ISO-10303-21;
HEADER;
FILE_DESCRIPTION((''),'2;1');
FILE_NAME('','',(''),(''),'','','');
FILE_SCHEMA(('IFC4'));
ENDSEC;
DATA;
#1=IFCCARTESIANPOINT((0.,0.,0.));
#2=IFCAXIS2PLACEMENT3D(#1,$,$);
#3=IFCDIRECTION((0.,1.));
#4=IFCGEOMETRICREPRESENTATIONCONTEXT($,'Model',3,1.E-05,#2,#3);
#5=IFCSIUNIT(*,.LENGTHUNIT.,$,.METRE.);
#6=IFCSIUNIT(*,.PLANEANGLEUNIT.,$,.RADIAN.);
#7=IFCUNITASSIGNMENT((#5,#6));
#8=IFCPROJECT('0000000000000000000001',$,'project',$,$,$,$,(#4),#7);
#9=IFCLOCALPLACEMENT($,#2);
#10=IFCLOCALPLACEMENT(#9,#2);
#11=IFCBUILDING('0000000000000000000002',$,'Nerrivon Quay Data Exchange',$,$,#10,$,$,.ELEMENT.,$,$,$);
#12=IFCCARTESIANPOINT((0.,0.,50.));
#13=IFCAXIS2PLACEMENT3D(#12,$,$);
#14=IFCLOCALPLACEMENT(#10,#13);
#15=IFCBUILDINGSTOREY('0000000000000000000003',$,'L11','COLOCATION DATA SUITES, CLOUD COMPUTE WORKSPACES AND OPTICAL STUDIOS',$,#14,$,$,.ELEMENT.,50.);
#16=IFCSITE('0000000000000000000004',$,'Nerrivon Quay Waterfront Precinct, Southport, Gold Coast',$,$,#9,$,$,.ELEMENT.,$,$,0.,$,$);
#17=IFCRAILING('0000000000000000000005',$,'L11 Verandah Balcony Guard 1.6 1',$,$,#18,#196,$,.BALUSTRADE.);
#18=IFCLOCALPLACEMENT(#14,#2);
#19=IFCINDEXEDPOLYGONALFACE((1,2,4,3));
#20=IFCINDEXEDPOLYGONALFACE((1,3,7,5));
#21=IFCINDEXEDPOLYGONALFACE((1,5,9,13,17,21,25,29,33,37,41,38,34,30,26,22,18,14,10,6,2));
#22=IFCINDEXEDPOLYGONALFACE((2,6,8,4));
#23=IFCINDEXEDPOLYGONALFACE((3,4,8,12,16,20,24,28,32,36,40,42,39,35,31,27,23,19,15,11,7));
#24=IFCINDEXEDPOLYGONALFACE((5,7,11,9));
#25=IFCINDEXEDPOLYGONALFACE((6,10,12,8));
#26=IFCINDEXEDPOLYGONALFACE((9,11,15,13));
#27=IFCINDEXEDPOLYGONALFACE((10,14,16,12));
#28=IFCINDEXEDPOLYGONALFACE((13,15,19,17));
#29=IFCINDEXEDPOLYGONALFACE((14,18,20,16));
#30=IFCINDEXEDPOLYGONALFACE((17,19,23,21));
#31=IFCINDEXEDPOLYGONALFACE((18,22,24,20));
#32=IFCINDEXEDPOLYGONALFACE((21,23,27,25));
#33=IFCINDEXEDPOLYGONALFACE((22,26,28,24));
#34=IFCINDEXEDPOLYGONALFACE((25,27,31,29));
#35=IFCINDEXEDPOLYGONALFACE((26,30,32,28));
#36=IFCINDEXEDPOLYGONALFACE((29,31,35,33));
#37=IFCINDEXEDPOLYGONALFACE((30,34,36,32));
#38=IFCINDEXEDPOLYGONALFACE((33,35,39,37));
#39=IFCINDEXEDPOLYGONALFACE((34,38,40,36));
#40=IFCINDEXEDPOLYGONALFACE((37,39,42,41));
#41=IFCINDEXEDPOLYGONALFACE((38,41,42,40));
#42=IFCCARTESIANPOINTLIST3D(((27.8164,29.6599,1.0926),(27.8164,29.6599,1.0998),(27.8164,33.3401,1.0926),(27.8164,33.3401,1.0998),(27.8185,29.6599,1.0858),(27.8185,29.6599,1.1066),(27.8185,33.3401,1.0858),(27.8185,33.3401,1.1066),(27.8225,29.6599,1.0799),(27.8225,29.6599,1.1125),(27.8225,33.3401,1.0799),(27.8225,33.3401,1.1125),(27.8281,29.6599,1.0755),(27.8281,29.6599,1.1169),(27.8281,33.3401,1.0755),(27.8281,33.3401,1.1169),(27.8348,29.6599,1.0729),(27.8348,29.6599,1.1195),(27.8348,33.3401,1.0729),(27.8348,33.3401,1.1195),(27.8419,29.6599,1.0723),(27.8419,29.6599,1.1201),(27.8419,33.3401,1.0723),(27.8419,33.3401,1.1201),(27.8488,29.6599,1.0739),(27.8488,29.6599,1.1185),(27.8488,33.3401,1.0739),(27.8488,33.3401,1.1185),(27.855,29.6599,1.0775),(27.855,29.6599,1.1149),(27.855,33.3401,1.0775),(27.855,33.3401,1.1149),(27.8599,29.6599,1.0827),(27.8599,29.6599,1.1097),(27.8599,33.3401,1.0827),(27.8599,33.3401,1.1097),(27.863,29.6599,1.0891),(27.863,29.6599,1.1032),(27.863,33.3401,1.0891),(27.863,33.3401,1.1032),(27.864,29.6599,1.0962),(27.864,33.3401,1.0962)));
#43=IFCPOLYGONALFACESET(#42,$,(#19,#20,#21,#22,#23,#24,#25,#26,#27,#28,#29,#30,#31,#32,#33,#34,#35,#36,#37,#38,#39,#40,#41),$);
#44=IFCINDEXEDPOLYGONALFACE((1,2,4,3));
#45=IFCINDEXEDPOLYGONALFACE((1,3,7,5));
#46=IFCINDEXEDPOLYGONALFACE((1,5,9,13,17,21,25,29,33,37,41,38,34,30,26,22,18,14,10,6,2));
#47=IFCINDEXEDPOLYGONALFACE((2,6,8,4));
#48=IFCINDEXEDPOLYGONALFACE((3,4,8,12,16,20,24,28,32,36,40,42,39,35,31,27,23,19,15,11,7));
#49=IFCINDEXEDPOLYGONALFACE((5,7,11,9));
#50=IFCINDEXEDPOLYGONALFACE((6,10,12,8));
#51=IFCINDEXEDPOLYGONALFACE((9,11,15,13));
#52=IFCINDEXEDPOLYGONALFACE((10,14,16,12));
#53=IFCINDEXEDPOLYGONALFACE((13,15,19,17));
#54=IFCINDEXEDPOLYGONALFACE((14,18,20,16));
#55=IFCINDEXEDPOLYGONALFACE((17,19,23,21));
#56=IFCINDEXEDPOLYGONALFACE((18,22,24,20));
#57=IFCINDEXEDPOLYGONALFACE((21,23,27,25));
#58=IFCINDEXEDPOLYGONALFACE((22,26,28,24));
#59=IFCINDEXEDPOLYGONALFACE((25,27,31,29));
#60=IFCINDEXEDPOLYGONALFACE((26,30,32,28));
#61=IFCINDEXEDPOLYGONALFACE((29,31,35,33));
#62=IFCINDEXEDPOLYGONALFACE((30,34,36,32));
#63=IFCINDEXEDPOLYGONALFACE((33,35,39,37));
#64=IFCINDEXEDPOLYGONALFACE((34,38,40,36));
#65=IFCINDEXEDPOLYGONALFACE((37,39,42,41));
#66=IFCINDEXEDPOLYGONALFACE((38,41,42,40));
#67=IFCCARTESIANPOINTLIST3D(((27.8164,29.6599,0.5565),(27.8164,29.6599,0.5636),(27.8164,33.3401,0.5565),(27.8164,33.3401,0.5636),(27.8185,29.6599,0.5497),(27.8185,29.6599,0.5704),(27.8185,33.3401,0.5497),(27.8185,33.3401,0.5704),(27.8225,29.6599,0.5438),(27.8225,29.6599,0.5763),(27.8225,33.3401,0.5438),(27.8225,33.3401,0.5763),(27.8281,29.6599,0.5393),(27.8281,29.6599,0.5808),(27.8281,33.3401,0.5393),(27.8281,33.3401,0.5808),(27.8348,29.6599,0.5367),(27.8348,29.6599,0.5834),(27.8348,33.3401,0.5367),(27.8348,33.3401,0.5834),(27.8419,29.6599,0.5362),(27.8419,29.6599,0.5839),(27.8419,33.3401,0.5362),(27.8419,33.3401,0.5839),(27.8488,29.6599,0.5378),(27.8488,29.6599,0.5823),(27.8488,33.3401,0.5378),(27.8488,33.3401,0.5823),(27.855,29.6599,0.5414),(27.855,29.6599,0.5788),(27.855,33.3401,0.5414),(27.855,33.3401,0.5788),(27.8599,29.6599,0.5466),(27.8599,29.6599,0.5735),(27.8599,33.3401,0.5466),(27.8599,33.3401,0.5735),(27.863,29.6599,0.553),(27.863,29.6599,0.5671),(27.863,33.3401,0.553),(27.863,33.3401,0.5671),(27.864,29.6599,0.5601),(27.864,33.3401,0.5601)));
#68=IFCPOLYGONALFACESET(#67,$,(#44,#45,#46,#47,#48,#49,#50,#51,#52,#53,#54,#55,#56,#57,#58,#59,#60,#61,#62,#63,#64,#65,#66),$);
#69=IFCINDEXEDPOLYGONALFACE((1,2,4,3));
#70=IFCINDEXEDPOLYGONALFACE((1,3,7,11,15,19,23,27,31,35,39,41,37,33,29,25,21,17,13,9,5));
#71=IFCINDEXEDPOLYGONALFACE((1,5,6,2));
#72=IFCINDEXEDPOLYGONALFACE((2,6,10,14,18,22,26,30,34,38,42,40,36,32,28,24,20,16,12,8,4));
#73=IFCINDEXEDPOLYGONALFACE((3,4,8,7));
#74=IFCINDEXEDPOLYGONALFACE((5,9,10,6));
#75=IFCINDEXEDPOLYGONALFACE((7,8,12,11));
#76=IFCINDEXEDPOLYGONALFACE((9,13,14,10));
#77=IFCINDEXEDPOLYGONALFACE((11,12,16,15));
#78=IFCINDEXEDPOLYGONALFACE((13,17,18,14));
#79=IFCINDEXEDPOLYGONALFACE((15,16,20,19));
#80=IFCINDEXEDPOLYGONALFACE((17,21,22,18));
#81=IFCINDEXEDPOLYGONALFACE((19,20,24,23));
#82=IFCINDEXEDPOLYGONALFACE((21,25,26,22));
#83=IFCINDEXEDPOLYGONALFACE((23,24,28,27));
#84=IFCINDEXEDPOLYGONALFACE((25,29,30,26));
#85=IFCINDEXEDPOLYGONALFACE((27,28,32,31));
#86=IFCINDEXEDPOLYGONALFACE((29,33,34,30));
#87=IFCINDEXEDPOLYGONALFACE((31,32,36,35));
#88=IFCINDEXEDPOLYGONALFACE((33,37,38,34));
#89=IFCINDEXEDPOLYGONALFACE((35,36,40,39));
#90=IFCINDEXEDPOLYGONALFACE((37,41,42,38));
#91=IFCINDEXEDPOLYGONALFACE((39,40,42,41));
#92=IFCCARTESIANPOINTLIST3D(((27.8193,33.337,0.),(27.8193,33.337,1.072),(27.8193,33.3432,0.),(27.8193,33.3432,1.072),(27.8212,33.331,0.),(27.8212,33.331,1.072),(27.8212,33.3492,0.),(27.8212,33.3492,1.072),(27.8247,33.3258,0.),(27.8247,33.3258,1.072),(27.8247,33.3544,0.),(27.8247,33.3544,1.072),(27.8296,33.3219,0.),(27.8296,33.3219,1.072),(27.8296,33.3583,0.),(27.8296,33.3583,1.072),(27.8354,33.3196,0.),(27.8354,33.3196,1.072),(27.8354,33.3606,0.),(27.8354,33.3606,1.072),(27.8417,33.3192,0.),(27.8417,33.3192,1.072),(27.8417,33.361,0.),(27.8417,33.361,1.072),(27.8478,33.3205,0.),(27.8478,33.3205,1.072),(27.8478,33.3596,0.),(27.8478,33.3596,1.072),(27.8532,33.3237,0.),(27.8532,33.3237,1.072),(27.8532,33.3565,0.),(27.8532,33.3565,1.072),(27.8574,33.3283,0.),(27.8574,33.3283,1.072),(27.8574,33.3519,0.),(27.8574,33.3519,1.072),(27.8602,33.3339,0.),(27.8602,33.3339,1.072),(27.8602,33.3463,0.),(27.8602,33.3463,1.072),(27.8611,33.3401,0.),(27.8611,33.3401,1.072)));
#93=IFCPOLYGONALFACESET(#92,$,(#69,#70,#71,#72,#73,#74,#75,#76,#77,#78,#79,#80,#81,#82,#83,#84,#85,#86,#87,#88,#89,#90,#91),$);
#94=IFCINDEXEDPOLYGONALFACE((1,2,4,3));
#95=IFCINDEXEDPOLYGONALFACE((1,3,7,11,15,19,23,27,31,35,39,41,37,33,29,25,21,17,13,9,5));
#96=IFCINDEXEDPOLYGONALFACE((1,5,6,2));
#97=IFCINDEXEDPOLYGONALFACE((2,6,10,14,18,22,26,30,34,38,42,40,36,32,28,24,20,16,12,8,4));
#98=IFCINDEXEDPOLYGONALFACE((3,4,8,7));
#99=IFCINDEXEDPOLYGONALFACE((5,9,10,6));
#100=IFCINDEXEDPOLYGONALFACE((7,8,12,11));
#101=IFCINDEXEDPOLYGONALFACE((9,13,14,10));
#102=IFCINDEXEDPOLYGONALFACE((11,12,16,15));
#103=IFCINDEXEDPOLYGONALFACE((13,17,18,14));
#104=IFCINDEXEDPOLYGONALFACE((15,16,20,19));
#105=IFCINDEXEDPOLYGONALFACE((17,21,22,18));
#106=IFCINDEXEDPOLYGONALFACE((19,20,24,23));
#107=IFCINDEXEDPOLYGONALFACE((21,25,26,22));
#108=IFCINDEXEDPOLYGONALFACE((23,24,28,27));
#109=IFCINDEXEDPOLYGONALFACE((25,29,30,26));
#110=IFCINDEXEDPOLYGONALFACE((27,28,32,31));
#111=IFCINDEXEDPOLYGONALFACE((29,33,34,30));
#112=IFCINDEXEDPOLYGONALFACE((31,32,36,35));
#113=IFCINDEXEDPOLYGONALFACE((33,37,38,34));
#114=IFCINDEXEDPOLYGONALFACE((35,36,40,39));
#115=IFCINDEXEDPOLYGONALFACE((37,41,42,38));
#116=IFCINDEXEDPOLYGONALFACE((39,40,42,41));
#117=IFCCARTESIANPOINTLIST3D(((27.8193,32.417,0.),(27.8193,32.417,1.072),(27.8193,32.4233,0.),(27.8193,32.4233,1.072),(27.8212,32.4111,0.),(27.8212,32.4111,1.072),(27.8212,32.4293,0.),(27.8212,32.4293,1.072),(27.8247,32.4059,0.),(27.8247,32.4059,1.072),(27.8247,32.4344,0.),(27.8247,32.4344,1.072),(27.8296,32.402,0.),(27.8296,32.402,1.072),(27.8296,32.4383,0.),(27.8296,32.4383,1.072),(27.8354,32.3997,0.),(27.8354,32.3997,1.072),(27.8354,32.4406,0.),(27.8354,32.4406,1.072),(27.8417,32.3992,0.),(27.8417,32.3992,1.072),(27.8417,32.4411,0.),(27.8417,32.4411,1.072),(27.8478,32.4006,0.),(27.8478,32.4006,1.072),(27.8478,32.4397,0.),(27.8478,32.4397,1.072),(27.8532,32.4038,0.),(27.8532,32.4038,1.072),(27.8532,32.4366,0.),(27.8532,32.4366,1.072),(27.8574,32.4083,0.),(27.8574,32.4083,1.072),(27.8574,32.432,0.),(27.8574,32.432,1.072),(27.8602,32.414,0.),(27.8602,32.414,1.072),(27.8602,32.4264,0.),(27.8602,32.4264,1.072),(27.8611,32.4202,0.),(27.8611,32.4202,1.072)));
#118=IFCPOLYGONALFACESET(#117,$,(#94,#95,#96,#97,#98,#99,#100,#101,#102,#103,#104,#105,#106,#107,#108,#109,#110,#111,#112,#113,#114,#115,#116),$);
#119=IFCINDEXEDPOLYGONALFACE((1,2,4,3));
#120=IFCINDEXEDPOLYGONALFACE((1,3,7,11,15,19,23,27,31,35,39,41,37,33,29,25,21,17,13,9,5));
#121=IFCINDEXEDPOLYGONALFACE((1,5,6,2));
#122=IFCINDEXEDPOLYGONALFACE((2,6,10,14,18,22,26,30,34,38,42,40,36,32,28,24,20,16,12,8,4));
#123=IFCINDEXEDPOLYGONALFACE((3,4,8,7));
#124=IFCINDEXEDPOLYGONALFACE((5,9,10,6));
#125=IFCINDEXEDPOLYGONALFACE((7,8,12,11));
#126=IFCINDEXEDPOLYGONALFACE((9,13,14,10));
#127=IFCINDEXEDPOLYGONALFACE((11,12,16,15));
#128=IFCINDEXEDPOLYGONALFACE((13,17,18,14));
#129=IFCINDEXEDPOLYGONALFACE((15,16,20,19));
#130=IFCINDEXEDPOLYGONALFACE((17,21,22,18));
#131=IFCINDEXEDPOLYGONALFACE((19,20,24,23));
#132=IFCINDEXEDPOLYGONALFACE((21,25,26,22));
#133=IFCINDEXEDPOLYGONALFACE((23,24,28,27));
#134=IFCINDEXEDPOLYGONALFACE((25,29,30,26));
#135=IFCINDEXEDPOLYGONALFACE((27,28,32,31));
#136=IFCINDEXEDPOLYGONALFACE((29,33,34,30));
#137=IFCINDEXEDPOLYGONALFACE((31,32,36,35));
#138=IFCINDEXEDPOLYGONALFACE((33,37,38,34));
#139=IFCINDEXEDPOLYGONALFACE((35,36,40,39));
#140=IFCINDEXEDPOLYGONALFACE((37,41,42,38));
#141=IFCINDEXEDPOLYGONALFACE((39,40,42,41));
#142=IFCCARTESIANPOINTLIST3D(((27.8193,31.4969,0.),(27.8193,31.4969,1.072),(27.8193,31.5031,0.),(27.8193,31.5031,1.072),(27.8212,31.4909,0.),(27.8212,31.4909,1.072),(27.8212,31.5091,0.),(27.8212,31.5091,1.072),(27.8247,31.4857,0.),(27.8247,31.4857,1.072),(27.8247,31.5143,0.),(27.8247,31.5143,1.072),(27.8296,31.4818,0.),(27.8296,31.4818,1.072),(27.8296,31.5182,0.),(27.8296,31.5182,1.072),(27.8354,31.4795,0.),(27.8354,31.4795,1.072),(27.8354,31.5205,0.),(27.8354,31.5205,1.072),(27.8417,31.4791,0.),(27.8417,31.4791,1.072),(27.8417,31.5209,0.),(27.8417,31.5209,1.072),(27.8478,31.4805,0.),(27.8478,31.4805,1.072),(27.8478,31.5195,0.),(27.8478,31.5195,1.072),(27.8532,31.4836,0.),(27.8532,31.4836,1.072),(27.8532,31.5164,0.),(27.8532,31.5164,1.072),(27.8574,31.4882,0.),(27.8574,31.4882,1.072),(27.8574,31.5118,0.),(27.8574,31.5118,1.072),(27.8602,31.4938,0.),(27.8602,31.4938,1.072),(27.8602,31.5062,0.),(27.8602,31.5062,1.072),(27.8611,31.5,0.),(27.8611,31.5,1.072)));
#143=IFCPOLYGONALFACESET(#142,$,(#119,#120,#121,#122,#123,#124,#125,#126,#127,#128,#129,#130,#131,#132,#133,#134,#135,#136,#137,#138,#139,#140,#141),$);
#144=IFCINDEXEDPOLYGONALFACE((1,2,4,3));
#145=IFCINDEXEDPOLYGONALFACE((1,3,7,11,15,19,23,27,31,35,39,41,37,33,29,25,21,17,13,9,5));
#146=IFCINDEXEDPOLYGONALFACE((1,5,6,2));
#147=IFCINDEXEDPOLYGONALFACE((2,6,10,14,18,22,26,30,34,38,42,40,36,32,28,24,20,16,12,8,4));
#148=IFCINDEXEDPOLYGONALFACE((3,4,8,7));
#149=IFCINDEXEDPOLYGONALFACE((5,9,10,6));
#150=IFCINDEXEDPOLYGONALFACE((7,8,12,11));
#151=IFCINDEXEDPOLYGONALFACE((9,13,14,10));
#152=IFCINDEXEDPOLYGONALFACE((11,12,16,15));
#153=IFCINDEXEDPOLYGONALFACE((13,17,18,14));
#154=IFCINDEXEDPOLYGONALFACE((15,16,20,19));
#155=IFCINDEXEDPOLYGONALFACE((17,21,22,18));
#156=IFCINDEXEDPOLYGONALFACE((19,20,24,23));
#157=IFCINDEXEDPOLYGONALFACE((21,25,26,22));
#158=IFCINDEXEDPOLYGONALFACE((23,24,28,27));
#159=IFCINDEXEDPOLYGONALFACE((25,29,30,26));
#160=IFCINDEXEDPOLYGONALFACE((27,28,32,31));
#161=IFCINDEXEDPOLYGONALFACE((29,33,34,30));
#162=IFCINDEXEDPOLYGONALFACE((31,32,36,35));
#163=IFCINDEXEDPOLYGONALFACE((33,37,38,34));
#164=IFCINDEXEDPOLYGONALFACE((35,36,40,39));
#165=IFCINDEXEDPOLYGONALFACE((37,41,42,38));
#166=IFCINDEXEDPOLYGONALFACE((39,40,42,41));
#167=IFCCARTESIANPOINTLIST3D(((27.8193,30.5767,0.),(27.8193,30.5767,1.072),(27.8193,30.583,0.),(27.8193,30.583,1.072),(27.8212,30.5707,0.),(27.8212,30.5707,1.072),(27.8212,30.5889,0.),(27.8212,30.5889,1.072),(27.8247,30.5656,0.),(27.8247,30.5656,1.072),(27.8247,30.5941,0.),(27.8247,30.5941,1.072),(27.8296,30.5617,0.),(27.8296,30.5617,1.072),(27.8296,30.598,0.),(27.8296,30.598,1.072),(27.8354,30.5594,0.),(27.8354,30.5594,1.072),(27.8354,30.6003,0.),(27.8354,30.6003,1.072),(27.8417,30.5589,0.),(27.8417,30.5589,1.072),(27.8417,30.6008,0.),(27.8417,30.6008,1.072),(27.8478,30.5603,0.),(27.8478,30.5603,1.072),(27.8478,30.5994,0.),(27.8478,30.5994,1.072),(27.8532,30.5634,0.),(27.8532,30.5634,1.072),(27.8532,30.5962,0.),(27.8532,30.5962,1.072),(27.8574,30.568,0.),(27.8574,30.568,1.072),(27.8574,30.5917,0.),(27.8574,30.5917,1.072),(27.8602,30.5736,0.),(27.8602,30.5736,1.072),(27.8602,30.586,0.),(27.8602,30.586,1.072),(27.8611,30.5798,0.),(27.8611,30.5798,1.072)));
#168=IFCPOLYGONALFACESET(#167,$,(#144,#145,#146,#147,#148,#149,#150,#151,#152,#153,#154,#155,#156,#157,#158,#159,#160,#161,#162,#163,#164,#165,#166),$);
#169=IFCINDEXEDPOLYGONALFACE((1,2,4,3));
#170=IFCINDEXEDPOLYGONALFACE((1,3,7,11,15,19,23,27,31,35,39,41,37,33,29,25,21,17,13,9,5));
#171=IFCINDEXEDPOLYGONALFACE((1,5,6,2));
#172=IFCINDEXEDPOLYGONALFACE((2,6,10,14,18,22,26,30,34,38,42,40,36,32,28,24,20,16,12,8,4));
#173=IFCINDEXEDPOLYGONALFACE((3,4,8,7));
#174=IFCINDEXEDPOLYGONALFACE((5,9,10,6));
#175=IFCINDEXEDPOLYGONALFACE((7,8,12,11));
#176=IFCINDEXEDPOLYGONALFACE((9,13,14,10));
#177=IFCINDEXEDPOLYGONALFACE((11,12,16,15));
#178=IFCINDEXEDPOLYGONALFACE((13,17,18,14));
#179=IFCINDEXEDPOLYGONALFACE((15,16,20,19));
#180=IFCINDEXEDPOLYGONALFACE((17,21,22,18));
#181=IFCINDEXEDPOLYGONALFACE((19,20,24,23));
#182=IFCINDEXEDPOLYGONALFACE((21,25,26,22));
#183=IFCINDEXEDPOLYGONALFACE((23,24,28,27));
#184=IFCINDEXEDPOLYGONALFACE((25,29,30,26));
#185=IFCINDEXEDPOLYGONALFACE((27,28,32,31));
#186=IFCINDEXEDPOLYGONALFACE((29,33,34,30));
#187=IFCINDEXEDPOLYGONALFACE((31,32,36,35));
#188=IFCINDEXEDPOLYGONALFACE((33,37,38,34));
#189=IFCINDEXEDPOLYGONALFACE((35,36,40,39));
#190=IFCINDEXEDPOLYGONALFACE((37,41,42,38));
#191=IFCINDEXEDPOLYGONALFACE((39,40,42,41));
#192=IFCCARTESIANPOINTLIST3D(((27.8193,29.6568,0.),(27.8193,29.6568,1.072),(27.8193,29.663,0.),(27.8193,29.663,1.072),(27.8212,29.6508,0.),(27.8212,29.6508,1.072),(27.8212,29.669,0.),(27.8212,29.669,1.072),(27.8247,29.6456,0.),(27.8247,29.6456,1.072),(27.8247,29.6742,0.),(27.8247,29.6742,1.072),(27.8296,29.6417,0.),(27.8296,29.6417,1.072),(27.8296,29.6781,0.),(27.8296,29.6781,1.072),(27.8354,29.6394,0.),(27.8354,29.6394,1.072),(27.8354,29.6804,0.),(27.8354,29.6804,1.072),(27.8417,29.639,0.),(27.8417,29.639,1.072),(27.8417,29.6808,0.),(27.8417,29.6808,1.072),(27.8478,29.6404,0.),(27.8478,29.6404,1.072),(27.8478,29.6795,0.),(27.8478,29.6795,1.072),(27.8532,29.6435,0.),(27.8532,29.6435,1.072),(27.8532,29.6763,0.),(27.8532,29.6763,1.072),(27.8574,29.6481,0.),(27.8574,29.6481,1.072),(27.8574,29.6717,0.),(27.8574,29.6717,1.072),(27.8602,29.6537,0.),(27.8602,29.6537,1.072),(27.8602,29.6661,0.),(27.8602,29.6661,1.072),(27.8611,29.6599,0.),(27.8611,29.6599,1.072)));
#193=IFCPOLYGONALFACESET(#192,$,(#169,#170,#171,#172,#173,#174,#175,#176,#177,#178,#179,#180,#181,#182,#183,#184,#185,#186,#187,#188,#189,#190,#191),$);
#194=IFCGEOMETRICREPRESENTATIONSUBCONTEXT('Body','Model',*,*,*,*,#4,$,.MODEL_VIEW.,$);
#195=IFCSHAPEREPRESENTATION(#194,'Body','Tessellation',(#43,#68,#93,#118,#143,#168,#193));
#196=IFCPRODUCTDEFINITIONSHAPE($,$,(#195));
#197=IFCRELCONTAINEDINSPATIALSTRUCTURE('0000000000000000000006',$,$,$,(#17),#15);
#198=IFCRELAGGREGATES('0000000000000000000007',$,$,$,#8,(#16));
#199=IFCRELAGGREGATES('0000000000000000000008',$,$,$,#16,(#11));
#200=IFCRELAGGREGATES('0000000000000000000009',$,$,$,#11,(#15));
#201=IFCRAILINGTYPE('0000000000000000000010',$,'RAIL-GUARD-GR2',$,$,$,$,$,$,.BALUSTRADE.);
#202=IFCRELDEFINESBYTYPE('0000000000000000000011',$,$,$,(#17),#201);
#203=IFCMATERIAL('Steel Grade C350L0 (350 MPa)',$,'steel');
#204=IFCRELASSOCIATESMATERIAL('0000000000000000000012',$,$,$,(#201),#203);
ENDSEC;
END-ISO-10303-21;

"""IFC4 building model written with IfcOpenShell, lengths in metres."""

from ifc_helpers import new_model, si_unit, direction, frame, origin, origin_2d, place, context, subcontext, project, spatial, circle, extrude, material, type_object, element, save


model = new_model("IFC4")

# Units and contexts
model_context = context("Model", 3, precision=1e-05, world=origin(), true_north=direction((0.0, 1.0)))
body_context = subcontext(model_context, "Body", "Model", "MODEL_VIEW")
ifc_project = project(units=[si_unit("LENGTHUNIT", "METRE"), si_unit("PLANEANGLEUNIT", "RADIAN")], contexts=[model_context])

# Site, building, storey
site_placement = place(None, origin())
site = spatial("IfcSite", under=ifc_project, at=site_placement, Name="Nerrivon Quay Waterfront Precinct, Southport, Gold Coast", CompositionType="ELEMENT", RefElevation=0.0)
building_placement = place(site_placement, origin())
building = spatial("IfcBuilding", under=site, at=building_placement, Name="Nerrivon Quay Data Exchange", CompositionType="ELEMENT")
storey_placement = place(building_placement, frame((0.0, 0.0, 50.0)))
storey = spatial("IfcBuildingStorey", under=building, at=storey_placement, Name="L11", Description="COLOCATION DATA SUITES, CLOUD COMPUTE WORKSPACES AND OPTICAL STUDIOS", CompositionType="ELEMENT", Elevation=50.0)

# Railing
ifc_material_1 = material(Name="Steel Grade C350L0 (350 MPa)", Category="steel")
railing_type = type_object("IfcRailingType", Name="RAIL-GUARD-GR2", PredefinedType="BALUSTRADE", material=ifc_material_1)
railing_1_placement = place(storey_placement, frame((27.8401, 33.3401, 0.0)))
element("IfcRailing", 1, at=railing_1_placement, inside=storey, type_object=railing_type, Name="L11 Verandah Balcony Guard 1.6 1", PredefinedType="BALUSTRADE", context=body_context, shape_type="SweptSolid", body=[
    extrude(circle(Radius=0.0239, at=origin_2d()), frame((0.0, 0.0, 1.0962), z_axis=(0.0, -1.0, 0.0), x_axis=(1.0, 0.0, 0.0)), (0.0, 0.0, 1.0), 3.6802),
    extrude(circle(Radius=0.0239, at=origin_2d()), frame((0.0, 0.0, 0.5601), z_axis=(0.0, -1.0, 0.0), x_axis=(1.0, 0.0, 0.0)), (0.0, 0.0, 1.0), 3.6802),
    extrude(circle(Radius=0.021, at=origin_2d()), origin(), (0.0, 0.0, 1.0), 1.072),
    extrude(circle(Radius=0.021, at=origin_2d()), frame((0.0, -0.9199, 0.0)), (0.0, 0.0, 1.0), 1.072),
    extrude(circle(Radius=0.021, at=origin_2d()), frame((0.0, -1.8401, 0.0)), (0.0, 0.0, 1.0), 1.072),
    extrude(circle(Radius=0.021, at=origin_2d()), frame((0.0, -2.7603, 0.0)), (0.0, 0.0, 1.0), 1.072),
    extrude(circle(Radius=0.021, at=origin_2d()), frame((0.0, -3.6802, 0.0)), (0.0, 0.0, 1.0), 1.072),
])

save(model, "model.ifc")
